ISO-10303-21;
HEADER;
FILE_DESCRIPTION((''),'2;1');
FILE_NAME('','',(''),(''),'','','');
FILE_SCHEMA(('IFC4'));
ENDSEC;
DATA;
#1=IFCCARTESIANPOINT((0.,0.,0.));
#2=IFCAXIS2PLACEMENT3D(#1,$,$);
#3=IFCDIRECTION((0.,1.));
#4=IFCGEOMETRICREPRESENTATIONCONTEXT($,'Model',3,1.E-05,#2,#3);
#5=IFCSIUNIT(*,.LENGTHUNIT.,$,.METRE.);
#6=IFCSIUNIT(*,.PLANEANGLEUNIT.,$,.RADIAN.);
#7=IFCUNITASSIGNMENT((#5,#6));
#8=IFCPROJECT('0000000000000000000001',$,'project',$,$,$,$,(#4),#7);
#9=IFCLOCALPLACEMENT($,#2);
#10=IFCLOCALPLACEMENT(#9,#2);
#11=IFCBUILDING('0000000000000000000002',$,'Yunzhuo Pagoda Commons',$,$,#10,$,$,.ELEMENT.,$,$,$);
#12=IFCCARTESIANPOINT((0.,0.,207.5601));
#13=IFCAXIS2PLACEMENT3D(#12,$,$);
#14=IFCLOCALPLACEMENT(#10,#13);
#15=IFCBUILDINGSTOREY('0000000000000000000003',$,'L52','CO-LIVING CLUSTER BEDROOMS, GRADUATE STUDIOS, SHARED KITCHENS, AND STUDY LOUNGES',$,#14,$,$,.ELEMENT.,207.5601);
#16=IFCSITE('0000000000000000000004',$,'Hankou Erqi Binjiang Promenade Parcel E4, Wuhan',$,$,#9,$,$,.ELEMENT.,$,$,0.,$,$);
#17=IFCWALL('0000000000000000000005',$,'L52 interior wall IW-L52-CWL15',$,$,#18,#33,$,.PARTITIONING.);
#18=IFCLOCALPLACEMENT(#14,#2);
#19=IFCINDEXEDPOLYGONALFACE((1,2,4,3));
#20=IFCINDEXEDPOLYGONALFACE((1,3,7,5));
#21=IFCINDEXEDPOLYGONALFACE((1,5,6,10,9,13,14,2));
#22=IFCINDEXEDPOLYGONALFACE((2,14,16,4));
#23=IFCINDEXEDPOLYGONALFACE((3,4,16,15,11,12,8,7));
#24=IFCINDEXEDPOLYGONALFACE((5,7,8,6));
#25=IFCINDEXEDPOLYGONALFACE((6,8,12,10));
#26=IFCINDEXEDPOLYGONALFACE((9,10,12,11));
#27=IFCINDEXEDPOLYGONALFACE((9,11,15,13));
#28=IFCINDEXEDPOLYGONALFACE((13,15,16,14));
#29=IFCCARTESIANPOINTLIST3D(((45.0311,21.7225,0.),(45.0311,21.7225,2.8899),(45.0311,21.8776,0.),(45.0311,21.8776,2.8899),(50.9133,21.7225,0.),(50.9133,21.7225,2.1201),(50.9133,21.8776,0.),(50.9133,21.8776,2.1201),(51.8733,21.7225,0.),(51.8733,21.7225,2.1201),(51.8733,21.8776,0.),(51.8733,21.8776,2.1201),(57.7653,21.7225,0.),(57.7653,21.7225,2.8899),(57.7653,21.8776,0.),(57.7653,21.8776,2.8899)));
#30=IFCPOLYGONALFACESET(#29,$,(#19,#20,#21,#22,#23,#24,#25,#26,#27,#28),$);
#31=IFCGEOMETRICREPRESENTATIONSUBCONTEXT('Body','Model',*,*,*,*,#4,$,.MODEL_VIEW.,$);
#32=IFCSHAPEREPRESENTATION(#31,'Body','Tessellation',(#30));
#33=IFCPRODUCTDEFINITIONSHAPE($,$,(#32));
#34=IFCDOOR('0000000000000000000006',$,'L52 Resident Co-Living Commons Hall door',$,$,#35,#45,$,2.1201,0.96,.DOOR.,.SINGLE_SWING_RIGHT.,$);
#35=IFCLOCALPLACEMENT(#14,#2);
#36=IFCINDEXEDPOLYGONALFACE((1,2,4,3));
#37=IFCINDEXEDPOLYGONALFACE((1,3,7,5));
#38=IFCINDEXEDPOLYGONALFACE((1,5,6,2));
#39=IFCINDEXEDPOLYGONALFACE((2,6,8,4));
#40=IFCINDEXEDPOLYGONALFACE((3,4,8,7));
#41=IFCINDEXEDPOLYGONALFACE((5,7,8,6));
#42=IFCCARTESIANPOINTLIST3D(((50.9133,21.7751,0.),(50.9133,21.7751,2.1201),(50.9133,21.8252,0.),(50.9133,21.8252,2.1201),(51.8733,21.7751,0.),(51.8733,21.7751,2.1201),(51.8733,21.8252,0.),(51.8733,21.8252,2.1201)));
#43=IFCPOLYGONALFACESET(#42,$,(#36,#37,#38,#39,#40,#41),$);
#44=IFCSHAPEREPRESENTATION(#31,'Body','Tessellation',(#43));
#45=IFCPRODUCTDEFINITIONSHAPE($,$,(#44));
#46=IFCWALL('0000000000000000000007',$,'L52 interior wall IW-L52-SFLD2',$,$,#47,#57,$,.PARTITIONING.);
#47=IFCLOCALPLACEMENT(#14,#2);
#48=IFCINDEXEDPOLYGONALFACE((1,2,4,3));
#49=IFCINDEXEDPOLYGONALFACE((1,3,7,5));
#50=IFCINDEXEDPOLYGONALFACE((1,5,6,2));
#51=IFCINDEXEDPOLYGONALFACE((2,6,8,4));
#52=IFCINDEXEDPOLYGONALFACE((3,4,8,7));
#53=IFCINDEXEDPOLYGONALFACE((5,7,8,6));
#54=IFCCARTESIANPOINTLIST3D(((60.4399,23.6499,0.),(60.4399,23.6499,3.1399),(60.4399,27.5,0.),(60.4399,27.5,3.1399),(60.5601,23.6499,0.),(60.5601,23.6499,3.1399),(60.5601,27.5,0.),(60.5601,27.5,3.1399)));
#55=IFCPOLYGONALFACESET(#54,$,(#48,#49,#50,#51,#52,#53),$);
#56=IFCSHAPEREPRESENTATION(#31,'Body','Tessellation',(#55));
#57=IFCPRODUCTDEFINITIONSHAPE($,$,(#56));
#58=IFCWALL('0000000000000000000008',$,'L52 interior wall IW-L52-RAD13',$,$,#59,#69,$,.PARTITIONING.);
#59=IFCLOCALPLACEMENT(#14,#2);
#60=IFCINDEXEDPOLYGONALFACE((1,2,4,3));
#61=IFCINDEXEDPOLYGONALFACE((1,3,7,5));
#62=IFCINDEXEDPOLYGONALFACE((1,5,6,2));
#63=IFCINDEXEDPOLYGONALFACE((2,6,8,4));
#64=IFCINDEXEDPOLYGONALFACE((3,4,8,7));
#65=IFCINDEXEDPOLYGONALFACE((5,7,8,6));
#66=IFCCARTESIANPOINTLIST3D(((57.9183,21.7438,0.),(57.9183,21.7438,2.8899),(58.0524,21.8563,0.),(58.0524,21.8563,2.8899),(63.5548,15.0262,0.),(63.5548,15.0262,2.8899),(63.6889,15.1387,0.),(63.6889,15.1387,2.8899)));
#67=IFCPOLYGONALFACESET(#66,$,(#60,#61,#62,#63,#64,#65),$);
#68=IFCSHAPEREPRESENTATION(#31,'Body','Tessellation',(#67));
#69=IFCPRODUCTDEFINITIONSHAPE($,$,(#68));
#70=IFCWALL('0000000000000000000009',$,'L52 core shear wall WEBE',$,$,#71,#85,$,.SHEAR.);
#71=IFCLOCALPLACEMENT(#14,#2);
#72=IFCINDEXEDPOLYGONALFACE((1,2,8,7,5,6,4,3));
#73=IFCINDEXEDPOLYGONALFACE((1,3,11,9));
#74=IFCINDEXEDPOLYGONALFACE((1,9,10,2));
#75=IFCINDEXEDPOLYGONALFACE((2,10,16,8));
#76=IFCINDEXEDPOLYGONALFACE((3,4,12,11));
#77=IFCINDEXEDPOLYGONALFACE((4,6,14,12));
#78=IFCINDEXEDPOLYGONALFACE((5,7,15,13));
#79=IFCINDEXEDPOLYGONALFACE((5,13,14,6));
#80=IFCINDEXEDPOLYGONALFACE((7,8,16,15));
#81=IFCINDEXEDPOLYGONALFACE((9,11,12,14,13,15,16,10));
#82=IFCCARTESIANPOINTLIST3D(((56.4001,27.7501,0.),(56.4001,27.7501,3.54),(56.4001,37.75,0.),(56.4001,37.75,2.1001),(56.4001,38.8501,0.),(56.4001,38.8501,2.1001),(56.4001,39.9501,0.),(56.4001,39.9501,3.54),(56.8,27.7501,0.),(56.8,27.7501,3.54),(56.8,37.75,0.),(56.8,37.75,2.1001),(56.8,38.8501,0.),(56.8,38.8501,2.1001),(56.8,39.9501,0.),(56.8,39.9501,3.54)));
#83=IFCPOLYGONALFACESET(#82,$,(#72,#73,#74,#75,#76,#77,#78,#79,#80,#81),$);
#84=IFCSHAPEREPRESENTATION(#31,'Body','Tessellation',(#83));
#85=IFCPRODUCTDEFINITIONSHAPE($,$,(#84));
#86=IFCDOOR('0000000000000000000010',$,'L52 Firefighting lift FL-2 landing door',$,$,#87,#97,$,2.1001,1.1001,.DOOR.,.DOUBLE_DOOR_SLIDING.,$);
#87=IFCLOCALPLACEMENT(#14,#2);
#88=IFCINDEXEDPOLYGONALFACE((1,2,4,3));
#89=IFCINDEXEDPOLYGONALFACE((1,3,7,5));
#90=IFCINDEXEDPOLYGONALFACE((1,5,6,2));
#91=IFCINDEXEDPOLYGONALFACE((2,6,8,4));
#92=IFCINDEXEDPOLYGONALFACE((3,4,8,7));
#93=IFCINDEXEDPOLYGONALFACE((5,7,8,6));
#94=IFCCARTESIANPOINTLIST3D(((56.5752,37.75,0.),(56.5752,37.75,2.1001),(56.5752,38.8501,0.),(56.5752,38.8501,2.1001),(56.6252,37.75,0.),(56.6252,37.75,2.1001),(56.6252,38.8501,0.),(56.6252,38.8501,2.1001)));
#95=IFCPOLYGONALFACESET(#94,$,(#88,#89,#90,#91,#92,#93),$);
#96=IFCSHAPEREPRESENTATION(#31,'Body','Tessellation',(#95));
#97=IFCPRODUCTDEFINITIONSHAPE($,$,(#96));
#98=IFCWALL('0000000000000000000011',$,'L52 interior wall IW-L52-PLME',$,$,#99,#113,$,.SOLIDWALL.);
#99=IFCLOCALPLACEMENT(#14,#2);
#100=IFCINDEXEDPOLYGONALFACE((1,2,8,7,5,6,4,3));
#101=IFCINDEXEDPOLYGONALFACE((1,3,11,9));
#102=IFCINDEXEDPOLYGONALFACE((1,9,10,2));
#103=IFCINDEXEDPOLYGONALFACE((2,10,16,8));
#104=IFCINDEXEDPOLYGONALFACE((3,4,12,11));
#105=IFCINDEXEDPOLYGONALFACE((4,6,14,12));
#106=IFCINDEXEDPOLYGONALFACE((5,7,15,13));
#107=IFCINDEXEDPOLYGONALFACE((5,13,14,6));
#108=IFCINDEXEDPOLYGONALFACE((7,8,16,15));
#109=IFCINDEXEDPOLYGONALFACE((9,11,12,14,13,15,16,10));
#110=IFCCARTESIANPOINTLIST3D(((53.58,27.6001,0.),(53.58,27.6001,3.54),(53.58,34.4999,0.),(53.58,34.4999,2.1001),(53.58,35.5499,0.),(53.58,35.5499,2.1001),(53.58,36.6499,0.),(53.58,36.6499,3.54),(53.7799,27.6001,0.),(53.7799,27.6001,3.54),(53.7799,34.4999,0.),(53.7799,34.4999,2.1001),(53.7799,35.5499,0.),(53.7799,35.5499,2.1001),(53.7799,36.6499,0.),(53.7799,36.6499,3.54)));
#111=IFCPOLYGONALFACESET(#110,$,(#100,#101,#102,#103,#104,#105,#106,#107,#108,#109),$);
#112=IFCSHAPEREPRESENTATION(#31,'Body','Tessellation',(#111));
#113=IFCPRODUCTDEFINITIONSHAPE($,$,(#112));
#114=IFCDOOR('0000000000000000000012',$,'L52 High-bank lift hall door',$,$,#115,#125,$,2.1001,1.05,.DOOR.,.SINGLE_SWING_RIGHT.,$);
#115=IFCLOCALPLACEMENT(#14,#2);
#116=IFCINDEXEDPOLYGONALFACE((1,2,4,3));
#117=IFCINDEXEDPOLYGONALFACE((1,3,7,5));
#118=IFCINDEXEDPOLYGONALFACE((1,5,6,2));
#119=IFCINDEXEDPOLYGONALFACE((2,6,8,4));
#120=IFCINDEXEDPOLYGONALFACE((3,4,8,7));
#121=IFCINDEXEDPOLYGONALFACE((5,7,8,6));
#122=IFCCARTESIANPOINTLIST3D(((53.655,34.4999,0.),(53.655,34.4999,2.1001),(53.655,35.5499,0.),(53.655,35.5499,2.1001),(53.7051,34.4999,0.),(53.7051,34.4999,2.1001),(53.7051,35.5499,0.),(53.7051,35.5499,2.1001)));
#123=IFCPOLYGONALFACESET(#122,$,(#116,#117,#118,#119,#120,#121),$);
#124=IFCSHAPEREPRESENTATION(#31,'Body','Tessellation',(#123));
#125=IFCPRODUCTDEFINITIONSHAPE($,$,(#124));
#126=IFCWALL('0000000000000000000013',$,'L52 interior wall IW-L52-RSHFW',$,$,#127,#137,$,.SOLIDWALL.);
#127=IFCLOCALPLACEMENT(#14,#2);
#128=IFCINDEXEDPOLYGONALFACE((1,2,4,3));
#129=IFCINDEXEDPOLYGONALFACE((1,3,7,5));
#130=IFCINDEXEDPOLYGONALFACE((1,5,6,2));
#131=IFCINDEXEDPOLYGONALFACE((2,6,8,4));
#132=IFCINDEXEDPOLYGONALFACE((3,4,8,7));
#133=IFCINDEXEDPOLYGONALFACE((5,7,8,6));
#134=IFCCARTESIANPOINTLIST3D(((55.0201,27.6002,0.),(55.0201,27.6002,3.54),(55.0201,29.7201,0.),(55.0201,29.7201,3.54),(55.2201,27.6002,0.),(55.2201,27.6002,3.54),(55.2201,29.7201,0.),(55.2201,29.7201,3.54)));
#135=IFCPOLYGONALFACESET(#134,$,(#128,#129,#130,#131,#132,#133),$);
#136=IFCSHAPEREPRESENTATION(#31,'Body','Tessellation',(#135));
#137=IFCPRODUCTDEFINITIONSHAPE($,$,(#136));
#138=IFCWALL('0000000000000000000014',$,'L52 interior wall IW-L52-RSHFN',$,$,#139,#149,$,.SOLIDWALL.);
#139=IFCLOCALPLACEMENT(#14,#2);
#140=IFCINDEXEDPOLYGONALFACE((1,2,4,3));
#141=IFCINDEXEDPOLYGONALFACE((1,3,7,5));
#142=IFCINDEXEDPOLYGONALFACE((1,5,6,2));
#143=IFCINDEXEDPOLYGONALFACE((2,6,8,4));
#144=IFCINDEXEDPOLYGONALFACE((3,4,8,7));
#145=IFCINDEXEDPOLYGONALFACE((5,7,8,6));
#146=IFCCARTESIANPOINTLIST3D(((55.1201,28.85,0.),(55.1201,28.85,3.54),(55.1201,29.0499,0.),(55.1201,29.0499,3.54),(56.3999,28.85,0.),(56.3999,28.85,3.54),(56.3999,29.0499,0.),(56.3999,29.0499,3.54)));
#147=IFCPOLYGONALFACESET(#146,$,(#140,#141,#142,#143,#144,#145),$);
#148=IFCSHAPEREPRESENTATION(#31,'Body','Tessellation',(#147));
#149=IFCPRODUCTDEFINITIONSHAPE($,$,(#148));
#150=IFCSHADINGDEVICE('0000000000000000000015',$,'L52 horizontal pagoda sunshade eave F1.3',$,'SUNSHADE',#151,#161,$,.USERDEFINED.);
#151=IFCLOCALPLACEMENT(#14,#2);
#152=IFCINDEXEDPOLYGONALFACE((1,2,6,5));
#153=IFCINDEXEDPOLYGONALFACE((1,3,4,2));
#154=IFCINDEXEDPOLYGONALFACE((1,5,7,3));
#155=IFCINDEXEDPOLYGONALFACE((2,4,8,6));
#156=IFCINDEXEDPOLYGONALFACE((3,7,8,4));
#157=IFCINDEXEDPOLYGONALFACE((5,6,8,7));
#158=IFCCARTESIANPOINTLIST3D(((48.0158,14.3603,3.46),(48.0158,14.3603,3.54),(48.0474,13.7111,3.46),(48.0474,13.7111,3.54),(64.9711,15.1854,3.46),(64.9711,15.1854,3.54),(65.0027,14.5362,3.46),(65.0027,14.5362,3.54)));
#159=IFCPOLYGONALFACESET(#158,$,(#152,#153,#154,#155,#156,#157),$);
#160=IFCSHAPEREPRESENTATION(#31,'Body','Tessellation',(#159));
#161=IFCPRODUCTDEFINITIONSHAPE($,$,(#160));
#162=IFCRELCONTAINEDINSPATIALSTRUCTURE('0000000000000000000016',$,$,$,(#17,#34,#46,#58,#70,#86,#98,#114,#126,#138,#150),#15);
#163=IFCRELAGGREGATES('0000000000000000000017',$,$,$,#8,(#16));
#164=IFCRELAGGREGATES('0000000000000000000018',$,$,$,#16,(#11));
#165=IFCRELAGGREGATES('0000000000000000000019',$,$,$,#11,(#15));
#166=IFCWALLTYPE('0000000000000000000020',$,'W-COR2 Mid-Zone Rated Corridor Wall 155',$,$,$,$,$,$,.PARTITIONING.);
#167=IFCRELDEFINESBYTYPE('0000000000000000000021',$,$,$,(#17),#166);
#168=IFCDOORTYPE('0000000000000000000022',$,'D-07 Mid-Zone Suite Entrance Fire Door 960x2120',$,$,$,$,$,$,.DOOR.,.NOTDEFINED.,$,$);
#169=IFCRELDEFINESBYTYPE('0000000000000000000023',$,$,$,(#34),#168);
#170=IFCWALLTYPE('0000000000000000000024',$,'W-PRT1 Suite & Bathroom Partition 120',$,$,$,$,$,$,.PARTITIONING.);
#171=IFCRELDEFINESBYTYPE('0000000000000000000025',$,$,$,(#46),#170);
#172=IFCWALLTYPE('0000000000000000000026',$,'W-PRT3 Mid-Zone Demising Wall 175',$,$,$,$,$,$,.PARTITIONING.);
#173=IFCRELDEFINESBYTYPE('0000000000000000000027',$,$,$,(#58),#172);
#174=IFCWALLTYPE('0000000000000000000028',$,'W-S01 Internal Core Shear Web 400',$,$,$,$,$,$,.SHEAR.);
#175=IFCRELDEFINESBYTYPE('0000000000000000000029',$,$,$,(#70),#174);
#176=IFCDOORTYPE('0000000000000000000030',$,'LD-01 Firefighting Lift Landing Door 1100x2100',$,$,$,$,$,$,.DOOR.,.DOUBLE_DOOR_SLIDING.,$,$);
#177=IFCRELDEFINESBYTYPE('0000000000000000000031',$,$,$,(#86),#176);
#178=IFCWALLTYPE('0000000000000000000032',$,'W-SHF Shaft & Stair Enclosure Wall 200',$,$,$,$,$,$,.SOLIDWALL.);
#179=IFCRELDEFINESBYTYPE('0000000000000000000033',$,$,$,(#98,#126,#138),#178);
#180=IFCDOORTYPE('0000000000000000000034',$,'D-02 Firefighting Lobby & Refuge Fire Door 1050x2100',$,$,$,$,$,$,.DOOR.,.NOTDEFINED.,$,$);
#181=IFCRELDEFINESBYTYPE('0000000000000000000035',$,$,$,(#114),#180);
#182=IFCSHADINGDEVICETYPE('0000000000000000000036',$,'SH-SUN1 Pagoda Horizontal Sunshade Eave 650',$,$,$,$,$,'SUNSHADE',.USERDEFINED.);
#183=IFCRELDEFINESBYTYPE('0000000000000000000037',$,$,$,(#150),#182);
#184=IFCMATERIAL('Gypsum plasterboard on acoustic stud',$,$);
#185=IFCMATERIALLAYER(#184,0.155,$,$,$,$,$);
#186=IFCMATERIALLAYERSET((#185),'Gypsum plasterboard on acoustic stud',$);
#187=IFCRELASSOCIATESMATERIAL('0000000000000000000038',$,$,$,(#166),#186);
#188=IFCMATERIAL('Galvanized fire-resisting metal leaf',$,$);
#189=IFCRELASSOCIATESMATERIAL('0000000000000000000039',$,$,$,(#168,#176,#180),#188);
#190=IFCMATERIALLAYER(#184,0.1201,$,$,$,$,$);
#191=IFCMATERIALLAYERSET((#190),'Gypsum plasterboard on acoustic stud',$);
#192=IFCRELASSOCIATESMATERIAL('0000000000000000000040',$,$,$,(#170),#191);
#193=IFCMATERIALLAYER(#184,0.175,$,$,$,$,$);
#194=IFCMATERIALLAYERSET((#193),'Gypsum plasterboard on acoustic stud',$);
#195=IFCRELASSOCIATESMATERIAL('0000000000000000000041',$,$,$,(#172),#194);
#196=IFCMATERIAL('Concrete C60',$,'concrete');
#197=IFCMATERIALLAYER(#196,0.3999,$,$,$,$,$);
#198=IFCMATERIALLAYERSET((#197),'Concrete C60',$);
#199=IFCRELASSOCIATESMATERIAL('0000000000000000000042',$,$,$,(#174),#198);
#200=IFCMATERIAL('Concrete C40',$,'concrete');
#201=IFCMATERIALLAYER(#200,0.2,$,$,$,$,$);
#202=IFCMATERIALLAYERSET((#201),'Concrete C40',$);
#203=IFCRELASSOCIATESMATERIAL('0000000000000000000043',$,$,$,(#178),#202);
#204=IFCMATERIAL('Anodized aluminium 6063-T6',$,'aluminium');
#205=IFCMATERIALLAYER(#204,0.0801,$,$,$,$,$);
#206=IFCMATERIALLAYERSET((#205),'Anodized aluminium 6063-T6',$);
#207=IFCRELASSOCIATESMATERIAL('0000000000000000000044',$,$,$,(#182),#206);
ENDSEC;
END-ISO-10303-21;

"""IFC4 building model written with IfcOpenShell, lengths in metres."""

from ifc_helpers import new_model, si_unit, direction, frame, frame_2d, origin, origin_with_axes, origin_2d, place, context, subcontext, project, spatial, rectangle, extrude, source, transform, mapped, material, layer, layer_set, type_object, element, fill, save


model = new_model("IFC4")

# Units and contexts
model_context = context("Model", 3, precision=1e-05, world=origin(), true_north=direction((0.0, 1.0)))
body_context = subcontext(model_context, "Body", "Model", "MODEL_VIEW")
ifc_project = project(units=[si_unit("LENGTHUNIT", "METRE"), si_unit("PLANEANGLEUNIT", "RADIAN")], contexts=[model_context])

# Site, building, storey
site_placement = place(None, origin())
site = spatial("IfcSite", under=ifc_project, at=site_placement, Name="Hankou Erqi Binjiang Promenade Parcel E4, Wuhan", CompositionType="ELEMENT", RefElevation=0.0)
building_placement = place(site_placement, origin())
building = spatial("IfcBuilding", under=site, at=building_placement, Name="Yunzhuo Pagoda Commons", CompositionType="ELEMENT")
storey_placement = place(building_placement, frame((0.0, 0.0, 207.5601)))
storey = spatial("IfcBuildingStorey", under=building, at=storey_placement, Name="L52", Description="CO-LIVING CLUSTER BEDROOMS, GRADUATE STUDIOS, SHARED KITCHENS, AND STUDY LOUNGES", CompositionType="ELEMENT", Elevation=207.5601)

# Shared definitions
ifc_material_1 = material(Name="Anodized aluminium 6063-T6", Category="aluminium")

# Wall, opening, door
ifc_material_2 = material(Name="Gypsum plasterboard on acoustic stud")
ifc_layer_1 = layer(ifc_material_2, 0.155)
ifc_layer_set_1 = layer_set([ifc_layer_1], Name="Gypsum plasterboard on acoustic stud")
wall_type_1 = type_object("IfcWallType", Name="W-COR2 Mid-Zone Rated Corridor Wall 155", PredefinedType="PARTITIONING", material=ifc_layer_set_1)
wall_1_placement = place(storey_placement, frame((57.7654, 21.8, 0.0), z_axis=(0.0, 0.0, 1.0), x_axis=(-1.0, 0.0, 0.0)))
wall_1 = element("IfcWall", 1, at=wall_1_placement, inside=storey, type_object=wall_type_1, Name="L52 interior wall IW-L52-CWL15", PredefinedType="PARTITIONING", context=body_context, shape_type="SweptSolid", body=[
    extrude(rectangle(XDim=12.7341, YDim=0.155, at=frame_2d((6.3672, 0.0))), origin(), (0.0, 0.0, 1.0), 2.8899),
])
opening_1_placement = place(wall_1_placement, frame((5.8921, 0.0, 0.0)))
opening_1 = element("IfcOpeningElement", 2, at=opening_1_placement, cuts=wall_1, PredefinedType="OPENING", context=body_context, shape_type="SweptSolid", body=[
    extrude(rectangle(XDim=0.96, YDim=2.1201, at=frame_2d((0.48, 1.0601))), frame((0.0, 0.0874, 0.0), z_axis=(0.0, -1.0, 0.0), x_axis=(1.0, 0.0, 0.0)), (0.0, 0.0, 1.0), 0.175),
])
ifc_material_3 = material(Name="Galvanized fire-resisting metal leaf")
door_type_1 = type_object("IfcDoorType", Name="D-07 Mid-Zone Suite Entrance Fire Door 960x2120", OperationType="NOTDEFINED", PredefinedType="DOOR", material=ifc_material_3)
shared_shape_1 = source(origin(), body_context, "Body", "SweptSolid", [
    extrude(rectangle(XDim=0.96, YDim=2.1201, at=frame_2d((0.48, 1.0601))), frame((0.0, 0.0249, 0.0), z_axis=(0.0, -1.0, 0.0), x_axis=(1.0, 0.0, 0.0)), (0.0, 0.0, 1.0), 0.05),
])
door_1_placement = place(opening_1_placement, origin_with_axes())
door_1 = element("IfcDoor", 3, at=door_1_placement, inside=storey, type_object=door_type_1, Name="L52 Resident Co-Living Commons Hall door", OperationType="SINGLE_SWING_RIGHT", OverallHeight=2.1201, OverallWidth=0.96, PredefinedType="DOOR", context=body_context, shape_type="MappedRepresentation", body=[
    mapped(shared_shape_1, transform((0.0, 0.0, 0.0), scale=1.0)),
])
fill(opening_1, door_1)

# Walls
ifc_layer_2 = layer(ifc_material_2, 0.1201)
ifc_layer_set_2 = layer_set([ifc_layer_2], Name="Gypsum plasterboard on acoustic stud")
wall_type_2 = type_object("IfcWallType", Name="W-PRT1 Suite & Bathroom Partition 120", PredefinedType="PARTITIONING", material=ifc_layer_set_2)
wall_2_placement = place(storey_placement, frame((60.5, 23.6499, 0.0), z_axis=(0.0, 0.0, 1.0), x_axis=(0.0, 1.0, 0.0)))
element("IfcWall", 4, at=wall_2_placement, inside=storey, type_object=wall_type_2, Name="L52 interior wall IW-L52-SFLD2", PredefinedType="PARTITIONING", context=body_context, shape_type="SweptSolid", body=[
    extrude(rectangle(XDim=3.8501, YDim=0.1201, at=frame_2d((1.925, 0.0))), origin(), (0.0, 0.0, 1.0), 3.1399),
])
ifc_layer_3 = layer(ifc_material_2, 0.175)
ifc_layer_set_3 = layer_set([ifc_layer_3], Name="Gypsum plasterboard on acoustic stud")
wall_type_3 = type_object("IfcWallType", Name="W-PRT3 Mid-Zone Demising Wall 175", PredefinedType="PARTITIONING", material=ifc_layer_set_3)
wall_3_placement = place(storey_placement, frame((57.9854, 21.8, 0.0), z_axis=(0.0, 0.0, 1.0), x_axis=(0.642774, -0.766056, 0.0)))
element("IfcWall", 5, at=wall_3_placement, inside=storey, type_object=wall_type_3, Name="L52 interior wall IW-L52-RAD13", PredefinedType="PARTITIONING", context=body_context, shape_type="SweptSolid", body=[
    extrude(rectangle(XDim=8.769, YDim=0.175, at=frame_2d((4.3845, 0.0))), origin(), (0.0, 0.0, 1.0), 2.8899),
])

# Walls, openings, doors
ifc_material_4 = material(Name="Concrete C60", Category="concrete")
ifc_layer_4 = layer(ifc_material_4, 0.3999)
ifc_layer_set_4 = layer_set([ifc_layer_4], Name="Concrete C60")
wall_type_4 = type_object("IfcWallType", Name="W-S01 Internal Core Shear Web 400", PredefinedType="SHEAR", material=ifc_layer_set_4)
wall_4_placement = place(storey_placement, frame((56.6001, 27.75, 0.0), z_axis=(0.0, 0.0, 1.0), x_axis=(0.0, 1.0, 0.0)))
wall_4 = element("IfcWall", 6, at=wall_4_placement, inside=storey, type_object=wall_type_4, Name="L52 core shear wall WEBE", PredefinedType="SHEAR", context=body_context, shape_type="SweptSolid", body=[
    extrude(rectangle(XDim=12.2, YDim=0.3999, at=frame_2d((6.1001, 0.0))), origin(), (0.0, 0.0, 1.0), 3.54),
])
opening_2_placement = place(wall_4_placement, frame((10.0, 0.0, 0.0)))
opening_2 = element("IfcOpeningElement", 7, at=opening_2_placement, cuts=wall_4, PredefinedType="OPENING", context=body_context, shape_type="SweptSolid", body=[
    extrude(rectangle(XDim=1.1001, YDim=2.1001, at=frame_2d((0.55, 1.05))), frame((0.0, 0.21, 0.0), z_axis=(0.0, -1.0, 0.0), x_axis=(1.0, 0.0, 0.0)), (0.0, 0.0, 1.0), 0.4199),
])
door_type_2 = type_object("IfcDoorType", Name="LD-01 Firefighting Lift Landing Door 1100x2100", OperationType="DOUBLE_DOOR_SLIDING", PredefinedType="DOOR", material=ifc_material_3)
shared_shape_2 = source(origin(), body_context, "Body", "SweptSolid", [
    extrude(rectangle(XDim=1.1001, YDim=2.1001, at=frame_2d((0.55, 1.05))), frame((0.0, 0.0249, 0.0), z_axis=(0.0, -1.0, 0.0), x_axis=(1.0, 0.0, 0.0)), (0.0, 0.0, 1.0), 0.05),
])
door_2_placement = place(opening_2_placement, origin_with_axes())
door_2 = element("IfcDoor", 8, at=door_2_placement, inside=storey, type_object=door_type_2, Name="L52 Firefighting lift FL-2 landing door", OperationType="DOUBLE_DOOR_SLIDING", OverallHeight=2.1001, OverallWidth=1.1001, PredefinedType="DOOR", context=body_context, shape_type="MappedRepresentation", body=[
    mapped(shared_shape_2, transform((0.0, 0.0, 0.0), scale=1.0)),
])
fill(opening_2, door_2)
ifc_material_5 = material(Name="Concrete C40", Category="concrete")
ifc_layer_5 = layer(ifc_material_5, 0.2)
ifc_layer_set_5 = layer_set([ifc_layer_5], Name="Concrete C40")
wall_type_5 = type_object("IfcWallType", Name="W-SHF Shaft & Stair Enclosure Wall 200", PredefinedType="SOLIDWALL", material=ifc_layer_set_5)
wall_5_placement = place(storey_placement, frame((53.6799, 27.6001, 0.0), z_axis=(0.0, 0.0, 1.0), x_axis=(0.0, 1.0, 0.0)))
wall_5 = element("IfcWall", 9, at=wall_5_placement, inside=storey, type_object=wall_type_5, Name="L52 interior wall IW-L52-PLME", PredefinedType="SOLIDWALL", context=body_context, shape_type="SweptSolid", body=[
    extrude(rectangle(XDim=9.0498, YDim=0.2, at=frame_2d((4.5249, 0.0))), origin(), (0.0, 0.0, 1.0), 3.54),
])
opening_3_placement = place(wall_5_placement, frame((6.8999, 0.0, 0.0)))
opening_3 = element("IfcOpeningElement", 10, at=opening_3_placement, cuts=wall_5, PredefinedType="OPENING", context=body_context, shape_type="SweptSolid", body=[
    extrude(rectangle(XDim=1.05, YDim=2.1001, at=frame_2d((0.5249, 1.05))), frame((0.0, 0.1099, 0.0), z_axis=(0.0, -1.0, 0.0), x_axis=(1.0, 0.0, 0.0)), (0.0, 0.0, 1.0), 0.22),
])
door_type_3 = type_object("IfcDoorType", Name="D-02 Firefighting Lobby & Refuge Fire Door 1050x2100", OperationType="NOTDEFINED", PredefinedType="DOOR", material=ifc_material_3)
shared_shape_3 = source(origin(), body_context, "Body", "SweptSolid", [
    extrude(rectangle(XDim=1.05, YDim=2.1001, at=frame_2d((0.5249, 1.05))), frame((0.0, 0.0249, 0.0), z_axis=(0.0, -1.0, 0.0), x_axis=(1.0, 0.0, 0.0)), (0.0, 0.0, 1.0), 0.05),
])
door_3_placement = place(opening_3_placement, origin_with_axes())
door_3 = element("IfcDoor", 11, at=door_3_placement, inside=storey, type_object=door_type_3, Name="L52 High-bank lift hall door", OperationType="SINGLE_SWING_RIGHT", OverallHeight=2.1001, OverallWidth=1.05, PredefinedType="DOOR", context=body_context, shape_type="MappedRepresentation", body=[
    mapped(shared_shape_3, transform((0.0, 0.0, 0.0), scale=1.0)),
])
fill(opening_3, door_3)

# Walls
wall_6_placement = place(storey_placement, frame((55.1201, 27.6001, 0.0), z_axis=(0.0, 0.0, 1.0), x_axis=(0.0, 1.0, 0.0)))
element("IfcWall", 12, at=wall_6_placement, inside=storey, type_object=wall_type_5, Name="L52 interior wall IW-L52-RSHFW", PredefinedType="SOLIDWALL", context=body_context, shape_type="SweptSolid", body=[
    extrude(rectangle(XDim=2.1199, YDim=0.2, at=frame_2d((1.0601, 0.0))), origin(), (0.0, 0.0, 1.0), 3.54),
])
wall_7_placement = place(storey_placement, frame((55.1201, 28.95, 0.0), z_axis=(0.0, 0.0, 1.0), x_axis=(1.0, 0.0, 0.0)))
element("IfcWall", 13, at=wall_7_placement, inside=storey, type_object=wall_type_5, Name="L52 interior wall IW-L52-RSHFN", PredefinedType="SOLIDWALL", context=body_context, shape_type="SweptSolid", body=[
    extrude(rectangle(XDim=1.2798, YDim=0.2, at=frame_2d((0.6399, 0.0))), origin(), (0.0, 0.0, 1.0), 3.54),
])

# Shading device
ifc_layer_6 = layer(ifc_material_1, 0.0801)
ifc_layer_set_6 = layer_set([ifc_layer_6], Name="Anodized aluminium 6063-T6")
shading_device_type = type_object("IfcShadingDeviceType", Name="SH-SUN1 Pagoda Horizontal Sunshade Eave 650", ElementType="SUNSHADE", PredefinedType="USERDEFINED", material=ifc_layer_set_6)
shared_shape_4 = source(origin(), body_context, "Body", "SweptSolid", [
    extrude(rectangle(XDim=16.9753, YDim=0.6499, at=origin_2d()), origin(), (0.0, 0.0, 1.0), 0.0801),
])
shading_device_placement = place(storey_placement, frame((56.5093, 14.4482, 3.46), z_axis=(0.0, 0.0, 1.0), x_axis=(0.998818, 0.048606, 0.0)))
element("IfcShadingDevice", 14, at=shading_device_placement, inside=storey, type_object=shading_device_type, Name="L52 horizontal pagoda sunshade eave F1.3", ObjectType="SUNSHADE", PredefinedType="USERDEFINED", context=body_context, shape_type="MappedRepresentation", body=[
    mapped(shared_shape_4, transform((0.0, 0.0, 0.0), scale=1.0)),
])

save(model, "model.ifc")
